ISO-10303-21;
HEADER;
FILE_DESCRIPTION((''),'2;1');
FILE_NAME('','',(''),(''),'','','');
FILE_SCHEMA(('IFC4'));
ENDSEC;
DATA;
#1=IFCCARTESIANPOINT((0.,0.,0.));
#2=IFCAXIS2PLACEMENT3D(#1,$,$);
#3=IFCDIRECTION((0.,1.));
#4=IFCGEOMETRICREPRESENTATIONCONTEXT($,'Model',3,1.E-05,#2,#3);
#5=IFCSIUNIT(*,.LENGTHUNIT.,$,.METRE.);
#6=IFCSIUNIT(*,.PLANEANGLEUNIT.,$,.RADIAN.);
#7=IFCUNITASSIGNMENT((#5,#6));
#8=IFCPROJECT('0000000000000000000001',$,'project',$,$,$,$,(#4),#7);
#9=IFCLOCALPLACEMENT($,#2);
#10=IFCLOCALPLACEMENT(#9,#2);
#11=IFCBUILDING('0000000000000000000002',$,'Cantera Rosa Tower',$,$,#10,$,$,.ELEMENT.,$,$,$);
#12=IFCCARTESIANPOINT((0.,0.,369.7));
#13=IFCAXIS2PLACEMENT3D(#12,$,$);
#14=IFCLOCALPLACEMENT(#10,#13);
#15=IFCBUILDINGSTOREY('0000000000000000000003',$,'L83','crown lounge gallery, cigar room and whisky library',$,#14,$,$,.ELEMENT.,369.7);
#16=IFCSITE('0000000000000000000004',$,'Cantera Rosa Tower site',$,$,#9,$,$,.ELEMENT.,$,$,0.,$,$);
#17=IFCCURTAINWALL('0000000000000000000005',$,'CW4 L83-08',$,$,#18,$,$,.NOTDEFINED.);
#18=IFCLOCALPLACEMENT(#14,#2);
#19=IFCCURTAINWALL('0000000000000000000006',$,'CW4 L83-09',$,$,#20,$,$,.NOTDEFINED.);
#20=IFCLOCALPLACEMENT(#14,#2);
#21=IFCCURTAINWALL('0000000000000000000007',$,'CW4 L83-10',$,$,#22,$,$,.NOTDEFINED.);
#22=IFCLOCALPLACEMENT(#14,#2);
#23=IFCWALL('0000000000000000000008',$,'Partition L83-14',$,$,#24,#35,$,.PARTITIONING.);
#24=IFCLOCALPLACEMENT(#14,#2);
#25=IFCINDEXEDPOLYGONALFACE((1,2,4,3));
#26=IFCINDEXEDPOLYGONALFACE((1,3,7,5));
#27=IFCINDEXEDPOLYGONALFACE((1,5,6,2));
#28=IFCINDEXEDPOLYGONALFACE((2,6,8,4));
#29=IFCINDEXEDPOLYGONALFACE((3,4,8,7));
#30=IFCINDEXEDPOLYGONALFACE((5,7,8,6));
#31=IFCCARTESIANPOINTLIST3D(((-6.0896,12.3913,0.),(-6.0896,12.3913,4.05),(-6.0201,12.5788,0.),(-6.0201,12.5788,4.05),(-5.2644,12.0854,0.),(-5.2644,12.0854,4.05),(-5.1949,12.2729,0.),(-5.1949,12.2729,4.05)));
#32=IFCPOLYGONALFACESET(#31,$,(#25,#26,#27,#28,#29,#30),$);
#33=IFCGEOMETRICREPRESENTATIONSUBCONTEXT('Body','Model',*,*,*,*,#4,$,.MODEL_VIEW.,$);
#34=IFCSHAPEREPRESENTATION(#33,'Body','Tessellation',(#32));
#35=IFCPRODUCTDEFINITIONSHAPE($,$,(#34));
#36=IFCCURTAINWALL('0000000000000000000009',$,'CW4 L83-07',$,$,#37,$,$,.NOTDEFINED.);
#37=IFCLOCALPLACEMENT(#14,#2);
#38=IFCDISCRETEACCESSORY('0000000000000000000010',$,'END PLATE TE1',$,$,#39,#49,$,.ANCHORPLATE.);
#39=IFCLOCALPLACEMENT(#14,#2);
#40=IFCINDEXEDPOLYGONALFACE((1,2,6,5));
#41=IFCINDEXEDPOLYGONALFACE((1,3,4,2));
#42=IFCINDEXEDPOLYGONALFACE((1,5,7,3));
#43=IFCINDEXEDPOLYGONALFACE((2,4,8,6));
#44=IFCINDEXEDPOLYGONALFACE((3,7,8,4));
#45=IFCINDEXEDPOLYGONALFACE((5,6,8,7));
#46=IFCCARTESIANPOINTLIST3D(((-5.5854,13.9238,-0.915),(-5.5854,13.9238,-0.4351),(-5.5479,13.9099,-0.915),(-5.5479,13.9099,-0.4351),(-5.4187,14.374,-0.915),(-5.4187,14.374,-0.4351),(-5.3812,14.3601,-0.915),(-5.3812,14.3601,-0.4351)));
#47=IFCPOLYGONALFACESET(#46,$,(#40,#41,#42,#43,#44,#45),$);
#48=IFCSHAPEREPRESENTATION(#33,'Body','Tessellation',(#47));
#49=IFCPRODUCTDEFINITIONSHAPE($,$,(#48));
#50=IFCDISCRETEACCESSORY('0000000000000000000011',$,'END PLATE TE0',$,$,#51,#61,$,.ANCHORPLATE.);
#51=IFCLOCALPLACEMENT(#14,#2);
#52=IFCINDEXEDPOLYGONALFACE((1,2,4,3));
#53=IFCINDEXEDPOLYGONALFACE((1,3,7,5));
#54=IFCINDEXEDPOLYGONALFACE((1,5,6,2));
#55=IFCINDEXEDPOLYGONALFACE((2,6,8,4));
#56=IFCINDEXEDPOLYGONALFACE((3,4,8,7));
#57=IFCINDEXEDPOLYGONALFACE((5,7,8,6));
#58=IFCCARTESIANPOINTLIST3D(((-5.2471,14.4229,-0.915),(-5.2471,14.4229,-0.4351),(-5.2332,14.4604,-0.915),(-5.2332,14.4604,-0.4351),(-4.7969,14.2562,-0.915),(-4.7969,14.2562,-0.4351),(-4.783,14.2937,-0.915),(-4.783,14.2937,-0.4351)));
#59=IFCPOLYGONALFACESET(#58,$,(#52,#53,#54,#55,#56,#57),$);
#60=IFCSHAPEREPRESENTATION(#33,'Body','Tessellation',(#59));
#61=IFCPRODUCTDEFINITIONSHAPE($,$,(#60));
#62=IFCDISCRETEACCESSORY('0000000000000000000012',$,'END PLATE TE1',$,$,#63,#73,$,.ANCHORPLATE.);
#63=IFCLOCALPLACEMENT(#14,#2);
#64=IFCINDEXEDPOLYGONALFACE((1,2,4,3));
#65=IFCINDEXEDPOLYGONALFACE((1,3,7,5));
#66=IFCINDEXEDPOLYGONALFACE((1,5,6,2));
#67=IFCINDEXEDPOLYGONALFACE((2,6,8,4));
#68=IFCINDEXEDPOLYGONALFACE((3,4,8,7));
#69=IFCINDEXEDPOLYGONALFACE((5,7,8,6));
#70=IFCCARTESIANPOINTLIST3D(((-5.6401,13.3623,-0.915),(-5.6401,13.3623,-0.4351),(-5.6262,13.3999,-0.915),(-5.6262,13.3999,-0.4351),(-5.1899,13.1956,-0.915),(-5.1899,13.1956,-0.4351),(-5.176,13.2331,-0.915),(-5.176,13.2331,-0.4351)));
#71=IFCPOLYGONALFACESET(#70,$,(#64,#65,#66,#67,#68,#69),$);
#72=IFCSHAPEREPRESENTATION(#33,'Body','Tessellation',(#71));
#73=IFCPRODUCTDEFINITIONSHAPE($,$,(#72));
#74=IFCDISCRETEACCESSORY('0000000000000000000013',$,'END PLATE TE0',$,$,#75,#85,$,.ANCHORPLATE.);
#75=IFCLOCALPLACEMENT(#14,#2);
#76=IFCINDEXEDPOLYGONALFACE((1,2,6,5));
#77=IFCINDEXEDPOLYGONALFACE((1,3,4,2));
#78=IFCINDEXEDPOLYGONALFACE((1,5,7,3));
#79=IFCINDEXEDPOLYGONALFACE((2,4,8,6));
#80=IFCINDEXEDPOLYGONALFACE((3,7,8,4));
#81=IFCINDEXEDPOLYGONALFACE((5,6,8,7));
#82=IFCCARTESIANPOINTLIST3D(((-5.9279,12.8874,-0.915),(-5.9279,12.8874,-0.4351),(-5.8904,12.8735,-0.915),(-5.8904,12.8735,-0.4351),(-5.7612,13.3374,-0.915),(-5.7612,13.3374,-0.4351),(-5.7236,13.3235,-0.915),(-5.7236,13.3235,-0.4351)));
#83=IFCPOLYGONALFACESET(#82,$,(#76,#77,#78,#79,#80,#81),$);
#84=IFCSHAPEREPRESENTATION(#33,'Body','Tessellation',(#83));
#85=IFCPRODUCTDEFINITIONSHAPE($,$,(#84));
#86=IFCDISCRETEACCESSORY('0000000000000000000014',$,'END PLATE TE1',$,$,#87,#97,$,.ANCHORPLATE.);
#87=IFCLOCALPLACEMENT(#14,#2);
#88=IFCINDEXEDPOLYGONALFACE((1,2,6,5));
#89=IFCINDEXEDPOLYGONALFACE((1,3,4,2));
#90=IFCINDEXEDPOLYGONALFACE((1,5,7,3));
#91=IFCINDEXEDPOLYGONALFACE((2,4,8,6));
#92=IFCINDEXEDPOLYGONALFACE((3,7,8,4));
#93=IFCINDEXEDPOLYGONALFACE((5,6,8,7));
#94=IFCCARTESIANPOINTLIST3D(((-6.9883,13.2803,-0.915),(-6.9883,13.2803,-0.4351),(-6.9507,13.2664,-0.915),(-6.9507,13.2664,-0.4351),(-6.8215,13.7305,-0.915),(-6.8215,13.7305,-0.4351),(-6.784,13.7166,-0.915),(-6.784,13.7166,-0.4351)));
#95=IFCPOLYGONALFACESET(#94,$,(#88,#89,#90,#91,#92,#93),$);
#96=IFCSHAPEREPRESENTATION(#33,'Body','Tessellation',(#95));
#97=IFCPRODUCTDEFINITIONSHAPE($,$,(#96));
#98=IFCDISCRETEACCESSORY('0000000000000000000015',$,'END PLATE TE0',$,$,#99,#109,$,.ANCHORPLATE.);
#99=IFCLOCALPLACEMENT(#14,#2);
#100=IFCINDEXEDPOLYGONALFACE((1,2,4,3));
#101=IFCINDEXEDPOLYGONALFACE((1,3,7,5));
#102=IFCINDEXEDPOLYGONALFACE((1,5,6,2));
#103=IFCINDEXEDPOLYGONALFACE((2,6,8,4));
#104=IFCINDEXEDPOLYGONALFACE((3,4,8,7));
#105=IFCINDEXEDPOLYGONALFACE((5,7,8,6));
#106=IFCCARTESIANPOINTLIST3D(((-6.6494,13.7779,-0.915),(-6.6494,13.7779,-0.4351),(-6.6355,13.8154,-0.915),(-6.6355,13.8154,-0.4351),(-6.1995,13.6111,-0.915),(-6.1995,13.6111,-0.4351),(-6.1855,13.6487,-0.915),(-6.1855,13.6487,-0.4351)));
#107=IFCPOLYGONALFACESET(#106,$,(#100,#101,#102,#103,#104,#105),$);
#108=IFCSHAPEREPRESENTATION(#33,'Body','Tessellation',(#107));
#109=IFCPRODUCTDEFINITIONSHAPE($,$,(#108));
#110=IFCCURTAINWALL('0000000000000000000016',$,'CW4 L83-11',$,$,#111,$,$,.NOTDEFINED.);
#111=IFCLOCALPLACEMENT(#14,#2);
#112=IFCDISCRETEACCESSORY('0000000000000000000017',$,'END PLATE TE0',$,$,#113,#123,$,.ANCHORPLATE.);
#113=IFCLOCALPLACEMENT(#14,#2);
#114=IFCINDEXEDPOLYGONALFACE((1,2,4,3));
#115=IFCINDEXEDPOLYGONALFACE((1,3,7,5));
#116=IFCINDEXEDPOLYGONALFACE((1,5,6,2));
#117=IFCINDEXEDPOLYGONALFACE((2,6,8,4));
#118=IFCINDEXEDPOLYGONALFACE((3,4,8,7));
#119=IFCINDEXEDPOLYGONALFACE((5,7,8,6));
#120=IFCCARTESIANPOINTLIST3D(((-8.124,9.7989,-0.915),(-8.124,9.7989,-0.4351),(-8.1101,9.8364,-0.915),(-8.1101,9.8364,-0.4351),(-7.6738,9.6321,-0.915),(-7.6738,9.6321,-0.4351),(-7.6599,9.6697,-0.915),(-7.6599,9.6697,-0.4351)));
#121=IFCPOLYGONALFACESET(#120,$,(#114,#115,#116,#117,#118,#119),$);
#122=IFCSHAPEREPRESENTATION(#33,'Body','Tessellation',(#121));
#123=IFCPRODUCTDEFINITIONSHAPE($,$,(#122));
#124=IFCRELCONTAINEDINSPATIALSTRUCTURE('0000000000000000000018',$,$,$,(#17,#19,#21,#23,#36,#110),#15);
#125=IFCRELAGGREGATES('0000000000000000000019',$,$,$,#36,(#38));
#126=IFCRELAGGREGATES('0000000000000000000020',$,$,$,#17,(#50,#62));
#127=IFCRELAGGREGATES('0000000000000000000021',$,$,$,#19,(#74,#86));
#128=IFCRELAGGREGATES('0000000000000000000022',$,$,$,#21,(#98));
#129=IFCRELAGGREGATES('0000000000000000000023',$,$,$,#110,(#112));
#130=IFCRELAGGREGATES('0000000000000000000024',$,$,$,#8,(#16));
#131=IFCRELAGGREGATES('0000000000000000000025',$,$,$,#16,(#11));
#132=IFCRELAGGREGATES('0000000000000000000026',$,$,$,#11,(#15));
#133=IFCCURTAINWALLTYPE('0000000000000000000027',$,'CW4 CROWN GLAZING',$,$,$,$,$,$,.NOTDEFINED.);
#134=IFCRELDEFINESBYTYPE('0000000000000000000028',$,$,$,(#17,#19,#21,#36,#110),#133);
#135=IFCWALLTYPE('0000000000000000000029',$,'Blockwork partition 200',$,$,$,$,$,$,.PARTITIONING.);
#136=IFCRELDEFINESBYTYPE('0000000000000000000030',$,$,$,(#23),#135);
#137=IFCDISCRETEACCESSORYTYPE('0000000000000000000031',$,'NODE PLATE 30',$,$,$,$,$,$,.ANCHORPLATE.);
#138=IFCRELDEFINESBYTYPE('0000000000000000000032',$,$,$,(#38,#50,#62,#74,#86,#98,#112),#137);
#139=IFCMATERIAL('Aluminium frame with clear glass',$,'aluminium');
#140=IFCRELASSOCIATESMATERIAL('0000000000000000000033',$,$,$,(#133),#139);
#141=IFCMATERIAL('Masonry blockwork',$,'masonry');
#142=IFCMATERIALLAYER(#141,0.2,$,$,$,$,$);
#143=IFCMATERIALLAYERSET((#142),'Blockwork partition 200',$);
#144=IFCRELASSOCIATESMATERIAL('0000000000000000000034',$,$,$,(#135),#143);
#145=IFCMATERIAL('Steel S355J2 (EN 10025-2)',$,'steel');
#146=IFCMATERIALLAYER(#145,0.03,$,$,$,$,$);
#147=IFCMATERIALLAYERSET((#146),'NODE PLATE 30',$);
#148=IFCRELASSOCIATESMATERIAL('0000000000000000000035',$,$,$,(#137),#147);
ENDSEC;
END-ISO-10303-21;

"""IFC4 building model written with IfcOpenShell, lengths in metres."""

from ifc_helpers import new_model, si_unit, direction, frame, frame_2d, origin, place, context, subcontext, project, spatial, polyline, rectangle, outline, extrude, material, layer, layer_set, type_object, element, aggregate, save


model = new_model("IFC4")

# Units and contexts
model_context = context("Model", 3, precision=1e-05, world=origin(), true_north=direction((0.0, 1.0)))
body_context = subcontext(model_context, "Body", "Model", "MODEL_VIEW")
ifc_project = project(units=[si_unit("LENGTHUNIT", "METRE"), si_unit("PLANEANGLEUNIT", "RADIAN")], contexts=[model_context])

# Site, building, storey
site_placement = place(None, origin())
site = spatial("IfcSite", under=ifc_project, at=site_placement, Name="Cantera Rosa Tower site", CompositionType="ELEMENT", RefElevation=0.0)
building_placement = place(site_placement, origin())
building = spatial("IfcBuilding", under=site, at=building_placement, Name="Cantera Rosa Tower", CompositionType="ELEMENT")
storey_placement = place(building_placement, frame((0.0, 0.0, 369.7)))
storey = spatial("IfcBuildingStorey", under=building, at=storey_placement, Name="L83", Description="crown lounge gallery, cigar room and whisky library", CompositionType="ELEMENT", Elevation=369.7)

# Curtain walls
ifc_material_1 = material(Name="Aluminium frame with clear glass", Category="aluminium")
curtain_wall_type = type_object("IfcCurtainWallType", Name="CW4 CROWN GLAZING", PredefinedType="NOTDEFINED", material=ifc_material_1)
curtain_wall_1_placement = place(storey_placement, origin())
curtain_wall_1 = element("IfcCurtainWall", 1, at=curtain_wall_1_placement, inside=storey, type_object=curtain_wall_type, Name="CW4 L83-08", PredefinedType="NOTDEFINED")
curtain_wall_2_placement = place(storey_placement, origin())
curtain_wall_2 = element("IfcCurtainWall", 2, at=curtain_wall_2_placement, inside=storey, type_object=curtain_wall_type, Name="CW4 L83-09", PredefinedType="NOTDEFINED")
curtain_wall_3_placement = place(storey_placement, origin())
curtain_wall_3 = element("IfcCurtainWall", 3, at=curtain_wall_3_placement, inside=storey, type_object=curtain_wall_type, Name="CW4 L83-10", PredefinedType="NOTDEFINED")

# Wall
ifc_material_2 = material(Name="Masonry blockwork", Category="masonry")
ifc_layer_1 = layer(ifc_material_2, 0.2)
ifc_layer_set_1 = layer_set([ifc_layer_1], Name="Blockwork partition 200")
wall_type = type_object("IfcWallType", Name="Blockwork partition 200", PredefinedType="PARTITIONING", material=ifc_layer_set_1)
wall_placement = place(storey_placement, frame((-5.2297, 12.1792, 0.0), z_axis=(0.0, 0.0, 1.0), x_axis=(-0.937645, 0.347594, 0.0)))
element("IfcWall", 4, at=wall_placement, inside=storey, type_object=wall_type, Name="Partition L83-14", PredefinedType="PARTITIONING", context=body_context, shape_type="SweptSolid", body=[
    extrude(rectangle(XDim=0.8801, YDim=0.2, at=frame_2d((0.4399, 0.0))), origin(), (0.0, 0.0, 1.0), 4.05),
])

# Curtain wall, discrete accessory
curtain_wall_4_placement = place(storey_placement, origin())
curtain_wall_4 = element("IfcCurtainWall", 5, at=curtain_wall_4_placement, inside=storey, type_object=curtain_wall_type, Name="CW4 L83-07", PredefinedType="NOTDEFINED")
ifc_material_3 = material(Name="Steel S355J2 (EN 10025-2)", Category="steel")
ifc_layer_2 = layer(ifc_material_3, 0.03)
ifc_layer_set_2 = layer_set([ifc_layer_2], Name="NODE PLATE 30")
discrete_accessory_type = type_object("IfcDiscreteAccessoryType", Name="NODE PLATE 30", PredefinedType="ANCHORPLATE", material=ifc_layer_set_2)
discrete_accessory_1_placement = place(storey_placement, frame((-5.5854, 13.9238, -0.4351), z_axis=(-0.937743, 0.347331, 0.0), x_axis=(0.347331, 0.937743, 0.0)))
discrete_accessory_1 = element("IfcDiscreteAccessory", 6, at=discrete_accessory_1_placement, type_object=discrete_accessory_type, Name="END PLATE TE1", PredefinedType="ANCHORPLATE", context=body_context, shape_type="SweptSolid", body=[
    extrude(outline(polyline([(0.0, 0.0), (0.4801, 0.0), (0.4801, 0.48), (0.0, 0.48), (0.0, 0.0)])), origin(), (0.0, 0.0, -1.0), 0.04),
])
aggregate(curtain_wall_4, [discrete_accessory_1])

# Discrete accessories
discrete_accessory_2_placement = place(storey_placement, frame((-5.2332, 14.4604, -0.4351), z_axis=(0.347331, 0.937743, 0.0), x_axis=(0.937743, -0.347331, 0.0)))
discrete_accessory_2 = element("IfcDiscreteAccessory", 7, at=discrete_accessory_2_placement, type_object=discrete_accessory_type, Name="END PLATE TE0", PredefinedType="ANCHORPLATE", context=body_context, shape_type="SweptSolid", body=[
    extrude(outline(polyline([(0.0, 0.0), (0.4801, 0.0), (0.4801, 0.48), (0.0, 0.48), (0.0, 0.0)])), origin(), (0.0, 0.0, -1.0), 0.04),
])
discrete_accessory_3_placement = place(storey_placement, frame((-5.1899, 13.1956, -0.4351), z_axis=(-0.347331, -0.937743, 0.0), x_axis=(-0.937743, 0.347331, 0.0)))
discrete_accessory_3 = element("IfcDiscreteAccessory", 8, at=discrete_accessory_3_placement, type_object=discrete_accessory_type, Name="END PLATE TE1", PredefinedType="ANCHORPLATE", context=body_context, shape_type="SweptSolid", body=[
    extrude(outline(polyline([(0.0, 0.0), (0.4801, 0.0), (0.4801, 0.48), (0.0, 0.48), (0.0, 0.0)])), origin(), (0.0, 0.0, -1.0), 0.04),
])
aggregate(curtain_wall_1, [discrete_accessory_2, discrete_accessory_3])
discrete_accessory_4_placement = place(storey_placement, frame((-5.7236, 13.3235, -0.4351), z_axis=(0.937681, -0.347497, 0.0), x_axis=(-0.347497, -0.937681, 0.0)))
discrete_accessory_4 = element("IfcDiscreteAccessory", 9, at=discrete_accessory_4_placement, type_object=discrete_accessory_type, Name="END PLATE TE0", PredefinedType="ANCHORPLATE", context=body_context, shape_type="SweptSolid", body=[
    extrude(outline(polyline([(0.0, 0.0), (0.4799, 0.0), (0.4799, 0.48), (0.0, 0.48), (0.0, 0.0)])), origin(), (0.0, 0.0, -1.0), 0.04),
])
discrete_accessory_5_placement = place(storey_placement, frame((-6.9883, 13.2803, -0.4351), z_axis=(-0.937743, 0.347331, 0.0), x_axis=(0.347331, 0.937743, 0.0)))
discrete_accessory_5 = element("IfcDiscreteAccessory", 10, at=discrete_accessory_5_placement, type_object=discrete_accessory_type, Name="END PLATE TE1", PredefinedType="ANCHORPLATE", context=body_context, shape_type="SweptSolid", body=[
    extrude(outline(polyline([(0.0, 0.0), (0.4801, 0.0), (0.4801, 0.48), (0.0, 0.48), (0.0, 0.0)])), origin(), (0.0, 0.0, -1.0), 0.04),
])
aggregate(curtain_wall_2, [discrete_accessory_4, discrete_accessory_5])
discrete_accessory_6_placement = place(storey_placement, frame((-6.6355, 13.8154, -0.4351), z_axis=(0.347497, 0.937681, 0.0), x_axis=(0.937681, -0.347497, 0.0)))
discrete_accessory_6 = element("IfcDiscreteAccessory", 11, at=discrete_accessory_6_placement, type_object=discrete_accessory_type, Name="END PLATE TE0", PredefinedType="ANCHORPLATE", context=body_context, shape_type="SweptSolid", body=[
    extrude(outline(polyline([(0.0, 0.0), (0.4799, 0.0), (0.4799, 0.48), (0.0, 0.48), (0.0, 0.0)])), origin(), (0.0, 0.0, -1.0), 0.04),
])
aggregate(curtain_wall_3, [discrete_accessory_6])

# Curtain wall, discrete accessory
curtain_wall_5_placement = place(storey_placement, origin())
curtain_wall_5 = element("IfcCurtainWall", 12, at=curtain_wall_5_placement, inside=storey, type_object=curtain_wall_type, Name="CW4 L83-11", PredefinedType="NOTDEFINED")
discrete_accessory_7_placement = place(storey_placement, frame((-8.1101, 9.8364, -0.4351), z_axis=(0.347331, 0.937743, 0.0), x_axis=(0.937743, -0.347331, 0.0)))
discrete_accessory_7 = element("IfcDiscreteAccessory", 13, at=discrete_accessory_7_placement, type_object=discrete_accessory_type, Name="END PLATE TE0", PredefinedType="ANCHORPLATE", context=body_context, shape_type="SweptSolid", body=[
    extrude(outline(polyline([(0.0, 0.0), (0.4801, 0.0), (0.4801, 0.48), (0.0, 0.48), (0.0, 0.0)])), origin(), (0.0, 0.0, -1.0), 0.04),
])
aggregate(curtain_wall_5, [discrete_accessory_7])

save(model, "model.ifc")
